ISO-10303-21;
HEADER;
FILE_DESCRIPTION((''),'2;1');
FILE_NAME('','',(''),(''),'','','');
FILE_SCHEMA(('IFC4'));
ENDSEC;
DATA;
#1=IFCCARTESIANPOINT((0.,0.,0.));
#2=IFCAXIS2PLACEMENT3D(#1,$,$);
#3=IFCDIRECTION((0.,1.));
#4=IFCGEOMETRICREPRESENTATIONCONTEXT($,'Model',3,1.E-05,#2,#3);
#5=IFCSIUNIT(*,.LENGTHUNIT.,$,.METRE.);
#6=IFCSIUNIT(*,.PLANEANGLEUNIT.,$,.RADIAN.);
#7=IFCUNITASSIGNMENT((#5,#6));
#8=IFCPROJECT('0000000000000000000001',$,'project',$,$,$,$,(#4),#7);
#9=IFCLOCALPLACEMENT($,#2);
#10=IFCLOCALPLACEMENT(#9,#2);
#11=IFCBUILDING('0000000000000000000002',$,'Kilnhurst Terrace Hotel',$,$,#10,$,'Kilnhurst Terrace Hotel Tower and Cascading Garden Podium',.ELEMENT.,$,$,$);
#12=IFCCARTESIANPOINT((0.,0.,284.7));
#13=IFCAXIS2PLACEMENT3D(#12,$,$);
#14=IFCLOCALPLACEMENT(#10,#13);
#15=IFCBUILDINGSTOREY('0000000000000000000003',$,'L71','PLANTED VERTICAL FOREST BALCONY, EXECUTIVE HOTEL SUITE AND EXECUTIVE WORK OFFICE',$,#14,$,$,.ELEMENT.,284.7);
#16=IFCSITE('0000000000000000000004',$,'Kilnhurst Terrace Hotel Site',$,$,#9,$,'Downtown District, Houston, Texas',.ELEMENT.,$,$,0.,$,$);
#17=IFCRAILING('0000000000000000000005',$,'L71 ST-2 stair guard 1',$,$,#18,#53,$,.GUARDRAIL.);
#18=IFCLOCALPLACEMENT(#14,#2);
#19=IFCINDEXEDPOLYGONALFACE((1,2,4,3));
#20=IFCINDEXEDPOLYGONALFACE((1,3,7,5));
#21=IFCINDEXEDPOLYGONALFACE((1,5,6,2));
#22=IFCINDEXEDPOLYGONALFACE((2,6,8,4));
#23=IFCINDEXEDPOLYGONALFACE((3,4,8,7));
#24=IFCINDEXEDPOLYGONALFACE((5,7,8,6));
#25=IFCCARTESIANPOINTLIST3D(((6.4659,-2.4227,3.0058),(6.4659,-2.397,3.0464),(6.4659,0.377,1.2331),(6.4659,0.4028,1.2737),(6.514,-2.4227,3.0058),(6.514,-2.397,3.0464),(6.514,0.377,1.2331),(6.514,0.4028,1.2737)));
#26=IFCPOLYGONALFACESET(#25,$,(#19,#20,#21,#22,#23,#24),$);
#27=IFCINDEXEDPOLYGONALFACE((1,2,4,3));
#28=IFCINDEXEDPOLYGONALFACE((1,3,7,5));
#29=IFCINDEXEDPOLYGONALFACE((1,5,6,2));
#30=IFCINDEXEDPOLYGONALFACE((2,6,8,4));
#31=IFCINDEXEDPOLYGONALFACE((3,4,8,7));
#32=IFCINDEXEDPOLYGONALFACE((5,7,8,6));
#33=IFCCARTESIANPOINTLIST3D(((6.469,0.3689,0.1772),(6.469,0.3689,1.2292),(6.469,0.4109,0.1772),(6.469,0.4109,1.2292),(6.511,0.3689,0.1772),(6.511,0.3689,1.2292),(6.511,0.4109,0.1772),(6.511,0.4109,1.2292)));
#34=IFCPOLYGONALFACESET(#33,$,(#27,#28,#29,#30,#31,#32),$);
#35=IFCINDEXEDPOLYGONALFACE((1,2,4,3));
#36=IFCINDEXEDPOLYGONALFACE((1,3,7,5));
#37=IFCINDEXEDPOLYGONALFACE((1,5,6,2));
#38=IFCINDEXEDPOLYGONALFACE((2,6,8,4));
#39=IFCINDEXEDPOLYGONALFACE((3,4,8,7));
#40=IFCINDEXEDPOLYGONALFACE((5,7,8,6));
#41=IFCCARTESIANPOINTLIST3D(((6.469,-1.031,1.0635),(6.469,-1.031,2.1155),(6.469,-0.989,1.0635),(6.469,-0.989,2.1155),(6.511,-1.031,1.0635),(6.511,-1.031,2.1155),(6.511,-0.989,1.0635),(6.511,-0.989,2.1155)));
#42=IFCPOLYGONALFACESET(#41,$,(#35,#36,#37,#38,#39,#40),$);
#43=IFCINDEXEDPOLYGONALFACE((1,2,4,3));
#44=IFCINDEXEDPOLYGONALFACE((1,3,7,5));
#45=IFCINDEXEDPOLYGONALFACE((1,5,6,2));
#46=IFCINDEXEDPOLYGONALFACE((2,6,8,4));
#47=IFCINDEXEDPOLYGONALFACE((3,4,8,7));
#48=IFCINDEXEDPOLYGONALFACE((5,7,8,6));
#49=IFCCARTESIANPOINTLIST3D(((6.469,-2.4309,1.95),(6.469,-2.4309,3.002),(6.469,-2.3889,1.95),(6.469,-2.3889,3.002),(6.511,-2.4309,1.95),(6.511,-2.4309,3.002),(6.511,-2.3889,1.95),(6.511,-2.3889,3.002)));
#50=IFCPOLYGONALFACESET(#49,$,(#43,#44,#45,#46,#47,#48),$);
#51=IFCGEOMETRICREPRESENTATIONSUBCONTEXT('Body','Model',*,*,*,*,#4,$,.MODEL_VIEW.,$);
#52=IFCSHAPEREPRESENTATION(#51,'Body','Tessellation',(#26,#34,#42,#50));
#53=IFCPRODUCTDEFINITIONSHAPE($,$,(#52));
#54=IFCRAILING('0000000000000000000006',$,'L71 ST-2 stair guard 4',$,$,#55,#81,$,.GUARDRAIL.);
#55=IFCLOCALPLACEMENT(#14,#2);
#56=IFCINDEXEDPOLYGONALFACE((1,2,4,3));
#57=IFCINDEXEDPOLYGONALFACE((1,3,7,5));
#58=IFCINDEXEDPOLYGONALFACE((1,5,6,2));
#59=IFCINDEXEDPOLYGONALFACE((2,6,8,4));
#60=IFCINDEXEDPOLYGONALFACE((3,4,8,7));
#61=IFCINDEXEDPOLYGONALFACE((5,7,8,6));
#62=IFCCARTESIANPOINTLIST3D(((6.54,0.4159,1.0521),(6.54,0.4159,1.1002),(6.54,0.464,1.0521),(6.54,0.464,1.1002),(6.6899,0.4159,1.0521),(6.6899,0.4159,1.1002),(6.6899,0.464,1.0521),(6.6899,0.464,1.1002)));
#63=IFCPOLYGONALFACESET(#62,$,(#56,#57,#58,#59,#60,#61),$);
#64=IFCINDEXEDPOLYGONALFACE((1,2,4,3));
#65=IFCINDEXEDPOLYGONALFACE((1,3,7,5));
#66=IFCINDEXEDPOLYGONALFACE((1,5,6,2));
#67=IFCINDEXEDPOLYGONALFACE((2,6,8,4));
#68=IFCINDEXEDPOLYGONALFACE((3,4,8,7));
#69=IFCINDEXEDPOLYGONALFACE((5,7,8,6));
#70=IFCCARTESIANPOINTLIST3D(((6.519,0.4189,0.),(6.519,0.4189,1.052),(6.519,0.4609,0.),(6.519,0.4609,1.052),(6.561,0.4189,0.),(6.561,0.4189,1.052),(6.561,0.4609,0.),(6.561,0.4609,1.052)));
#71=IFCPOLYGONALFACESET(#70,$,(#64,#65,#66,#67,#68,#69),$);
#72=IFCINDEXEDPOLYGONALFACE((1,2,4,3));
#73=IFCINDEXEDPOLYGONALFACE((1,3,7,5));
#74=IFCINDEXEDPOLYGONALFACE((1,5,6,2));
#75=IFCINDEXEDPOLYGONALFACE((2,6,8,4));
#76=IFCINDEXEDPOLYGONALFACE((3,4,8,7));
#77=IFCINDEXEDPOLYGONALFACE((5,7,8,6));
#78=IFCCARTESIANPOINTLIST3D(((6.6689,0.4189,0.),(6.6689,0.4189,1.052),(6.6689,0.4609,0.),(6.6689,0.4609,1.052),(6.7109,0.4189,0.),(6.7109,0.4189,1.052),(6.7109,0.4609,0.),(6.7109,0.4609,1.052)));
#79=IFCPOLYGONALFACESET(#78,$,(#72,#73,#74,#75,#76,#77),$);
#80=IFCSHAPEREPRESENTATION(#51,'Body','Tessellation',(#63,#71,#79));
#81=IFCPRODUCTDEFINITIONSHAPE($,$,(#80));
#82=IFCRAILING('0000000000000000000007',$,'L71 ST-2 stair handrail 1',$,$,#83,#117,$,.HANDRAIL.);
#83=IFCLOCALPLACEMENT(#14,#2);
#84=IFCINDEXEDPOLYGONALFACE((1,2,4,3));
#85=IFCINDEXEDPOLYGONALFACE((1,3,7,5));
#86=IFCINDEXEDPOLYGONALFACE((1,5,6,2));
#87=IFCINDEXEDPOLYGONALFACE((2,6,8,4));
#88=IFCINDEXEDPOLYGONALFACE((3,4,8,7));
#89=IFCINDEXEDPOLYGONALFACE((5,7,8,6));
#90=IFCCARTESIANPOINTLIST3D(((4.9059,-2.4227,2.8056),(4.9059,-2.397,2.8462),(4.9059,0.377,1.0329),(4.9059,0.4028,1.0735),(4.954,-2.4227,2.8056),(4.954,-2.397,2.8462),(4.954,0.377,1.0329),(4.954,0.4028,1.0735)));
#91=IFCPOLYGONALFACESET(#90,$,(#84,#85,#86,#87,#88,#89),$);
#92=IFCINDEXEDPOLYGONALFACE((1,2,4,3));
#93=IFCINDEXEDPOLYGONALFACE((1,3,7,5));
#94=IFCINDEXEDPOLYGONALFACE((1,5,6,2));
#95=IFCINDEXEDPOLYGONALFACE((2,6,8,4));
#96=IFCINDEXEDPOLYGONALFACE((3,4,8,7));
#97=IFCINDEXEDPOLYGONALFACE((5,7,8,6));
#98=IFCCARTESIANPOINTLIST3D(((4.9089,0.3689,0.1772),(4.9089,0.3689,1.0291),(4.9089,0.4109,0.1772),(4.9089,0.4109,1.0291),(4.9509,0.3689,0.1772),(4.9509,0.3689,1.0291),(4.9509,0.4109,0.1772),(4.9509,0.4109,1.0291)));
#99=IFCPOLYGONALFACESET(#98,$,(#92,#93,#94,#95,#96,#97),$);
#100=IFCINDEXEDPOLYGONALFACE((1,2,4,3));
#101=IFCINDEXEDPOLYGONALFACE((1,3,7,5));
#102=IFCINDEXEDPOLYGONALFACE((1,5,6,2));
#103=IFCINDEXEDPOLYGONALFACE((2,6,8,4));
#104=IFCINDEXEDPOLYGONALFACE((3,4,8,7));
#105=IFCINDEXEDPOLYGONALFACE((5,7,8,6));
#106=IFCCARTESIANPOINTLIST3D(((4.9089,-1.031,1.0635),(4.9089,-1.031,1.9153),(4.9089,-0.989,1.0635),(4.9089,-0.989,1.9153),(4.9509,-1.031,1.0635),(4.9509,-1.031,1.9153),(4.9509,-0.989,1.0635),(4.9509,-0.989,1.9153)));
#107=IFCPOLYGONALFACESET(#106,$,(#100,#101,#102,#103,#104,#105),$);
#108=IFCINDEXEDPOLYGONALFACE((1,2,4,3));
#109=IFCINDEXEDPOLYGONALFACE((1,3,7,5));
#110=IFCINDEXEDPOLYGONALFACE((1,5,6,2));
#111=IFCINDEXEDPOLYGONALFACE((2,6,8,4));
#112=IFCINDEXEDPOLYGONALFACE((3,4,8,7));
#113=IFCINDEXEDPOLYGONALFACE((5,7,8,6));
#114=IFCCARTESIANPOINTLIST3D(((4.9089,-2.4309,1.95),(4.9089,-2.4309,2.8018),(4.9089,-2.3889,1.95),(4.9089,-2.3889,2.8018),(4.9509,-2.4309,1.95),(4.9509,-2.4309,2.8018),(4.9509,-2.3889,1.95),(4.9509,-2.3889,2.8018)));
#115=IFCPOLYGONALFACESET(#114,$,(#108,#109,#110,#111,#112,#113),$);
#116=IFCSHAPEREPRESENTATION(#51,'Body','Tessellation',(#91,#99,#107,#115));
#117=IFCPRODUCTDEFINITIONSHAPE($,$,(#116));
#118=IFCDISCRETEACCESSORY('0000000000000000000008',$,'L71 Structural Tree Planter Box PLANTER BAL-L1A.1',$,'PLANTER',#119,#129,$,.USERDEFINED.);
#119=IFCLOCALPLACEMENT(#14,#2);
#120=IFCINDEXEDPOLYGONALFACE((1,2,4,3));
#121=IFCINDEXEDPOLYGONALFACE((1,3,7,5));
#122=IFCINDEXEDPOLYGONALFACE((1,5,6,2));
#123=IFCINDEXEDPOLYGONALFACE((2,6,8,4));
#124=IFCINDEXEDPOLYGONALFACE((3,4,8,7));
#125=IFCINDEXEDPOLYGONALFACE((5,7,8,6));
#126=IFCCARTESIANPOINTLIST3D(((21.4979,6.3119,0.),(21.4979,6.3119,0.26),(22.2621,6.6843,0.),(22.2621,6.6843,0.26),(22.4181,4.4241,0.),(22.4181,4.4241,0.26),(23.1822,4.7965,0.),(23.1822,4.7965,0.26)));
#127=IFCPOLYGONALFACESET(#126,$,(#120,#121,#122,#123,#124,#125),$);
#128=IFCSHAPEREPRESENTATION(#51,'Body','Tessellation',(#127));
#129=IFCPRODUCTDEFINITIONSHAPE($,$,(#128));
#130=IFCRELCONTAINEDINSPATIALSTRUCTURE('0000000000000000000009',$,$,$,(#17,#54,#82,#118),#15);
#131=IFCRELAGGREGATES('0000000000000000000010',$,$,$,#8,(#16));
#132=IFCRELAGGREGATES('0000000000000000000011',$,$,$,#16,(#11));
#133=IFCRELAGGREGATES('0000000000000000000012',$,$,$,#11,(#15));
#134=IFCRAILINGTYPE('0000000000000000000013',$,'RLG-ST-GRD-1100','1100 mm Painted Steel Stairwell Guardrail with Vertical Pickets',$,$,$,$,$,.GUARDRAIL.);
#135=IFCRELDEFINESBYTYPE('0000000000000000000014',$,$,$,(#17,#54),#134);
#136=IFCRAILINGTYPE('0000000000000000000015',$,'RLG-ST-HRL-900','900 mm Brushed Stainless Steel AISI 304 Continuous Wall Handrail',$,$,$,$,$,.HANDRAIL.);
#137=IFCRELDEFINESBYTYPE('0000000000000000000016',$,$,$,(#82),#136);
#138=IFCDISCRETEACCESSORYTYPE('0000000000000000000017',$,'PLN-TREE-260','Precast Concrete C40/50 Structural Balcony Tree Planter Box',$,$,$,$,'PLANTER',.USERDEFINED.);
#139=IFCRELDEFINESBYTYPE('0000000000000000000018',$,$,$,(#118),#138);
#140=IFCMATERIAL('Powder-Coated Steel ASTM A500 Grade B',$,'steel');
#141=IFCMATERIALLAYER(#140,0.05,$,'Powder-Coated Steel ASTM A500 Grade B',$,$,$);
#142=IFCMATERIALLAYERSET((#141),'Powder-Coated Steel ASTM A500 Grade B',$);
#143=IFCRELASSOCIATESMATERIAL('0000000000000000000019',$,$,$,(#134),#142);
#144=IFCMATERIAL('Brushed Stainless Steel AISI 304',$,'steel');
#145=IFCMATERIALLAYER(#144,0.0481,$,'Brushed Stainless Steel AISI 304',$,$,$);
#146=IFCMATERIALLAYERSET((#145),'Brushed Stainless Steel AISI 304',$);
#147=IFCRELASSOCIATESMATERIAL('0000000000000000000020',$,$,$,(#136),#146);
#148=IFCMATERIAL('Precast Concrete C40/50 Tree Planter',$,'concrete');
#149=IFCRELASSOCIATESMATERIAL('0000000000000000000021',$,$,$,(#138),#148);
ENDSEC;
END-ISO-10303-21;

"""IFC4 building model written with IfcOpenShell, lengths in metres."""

from ifc_helpers import new_model, si_unit, direction, frame, origin, origin_2d, place, context, subcontext, project, spatial, rectangle, extrude, material, layer, layer_set, type_object, element, save


model = new_model("IFC4")

# Units and contexts
model_context = context("Model", 3, precision=1e-05, world=origin(), true_north=direction((0.0, 1.0)))
body_context = subcontext(model_context, "Body", "Model", "MODEL_VIEW")
ifc_project = project(units=[si_unit("LENGTHUNIT", "METRE"), si_unit("PLANEANGLEUNIT", "RADIAN")], contexts=[model_context])

# Site, building, storey
site_placement = place(None, origin())
site = spatial("IfcSite", under=ifc_project, at=site_placement, Name="Kilnhurst Terrace Hotel Site", LongName="Downtown District, Houston, Texas", CompositionType="ELEMENT", RefElevation=0.0)
building_placement = place(site_placement, origin())
building = spatial("IfcBuilding", under=site, at=building_placement, Name="Kilnhurst Terrace Hotel", LongName="Kilnhurst Terrace Hotel Tower and Cascading Garden Podium", CompositionType="ELEMENT")
storey_placement = place(building_placement, frame((0.0, 0.0, 284.7)))
storey = spatial("IfcBuildingStorey", under=building, at=storey_placement, Name="L71", Description="PLANTED VERTICAL FOREST BALCONY, EXECUTIVE HOTEL SUITE AND EXECUTIVE WORK OFFICE", CompositionType="ELEMENT", Elevation=284.7)

# Railings
ifc_material_1 = material(Name="Powder-Coated Steel ASTM A500 Grade B", Category="steel")
ifc_layer_1 = layer(ifc_material_1, 0.05, Name="Powder-Coated Steel ASTM A500 Grade B")
ifc_layer_set_1 = layer_set([ifc_layer_1], Name="Powder-Coated Steel ASTM A500 Grade B")
railing_type_1 = type_object("IfcRailingType", Name="RLG-ST-GRD-1100", Description="1100 mm Painted Steel Stairwell Guardrail with Vertical Pickets", PredefinedType="GUARDRAIL", material=ifc_layer_set_1)
railing_1_placement = place(storey_placement, frame((6.49, 0.3899, 0.1772)))
element("IfcRailing", 1, at=railing_1_placement, inside=storey, type_object=railing_type_1, Name="L71 ST-2 stair guard 1", PredefinedType="GUARDRAIL", context=body_context, shape_type="SweptSolid", body=[
    extrude(rectangle(XDim=0.0481, YDim=0.0481, at=origin_2d()), frame((0.0, 0.0, 1.0762), z_axis=(0.0, -0.844888, 0.534943), x_axis=(1.0, 0.0, 0.0)), (0.0, 0.0, 1.0), 3.3137),
    extrude(rectangle(XDim=0.042, YDim=0.042, at=origin_2d()), origin(), (0.0, 0.0, 1.0), 1.052),
    extrude(rectangle(XDim=0.042, YDim=0.042, at=origin_2d()), frame((0.0, -1.3999, 0.8862)), (0.0, 0.0, 1.0), 1.052),
    extrude(rectangle(XDim=0.042, YDim=0.042, at=origin_2d()), frame((0.0, -2.7998, 1.7727)), (0.0, 0.0, 1.0), 1.052),
])
railing_2_placement = place(storey_placement, frame((6.54, 0.4399, 0.0)))
element("IfcRailing", 2, at=railing_2_placement, inside=storey, type_object=railing_type_1, Name="L71 ST-2 stair guard 4", PredefinedType="GUARDRAIL", context=body_context, shape_type="SweptSolid", body=[
    extrude(rectangle(XDim=0.0481, YDim=0.0481, at=origin_2d()), frame((0.0, 0.0, 1.0762), z_axis=(1.0, 0.0, 0.0), x_axis=(0.0, 1.0, 0.0)), (0.0, 0.0, 1.0), 0.1499),
    extrude(rectangle(XDim=0.042, YDim=0.042, at=origin_2d()), origin(), (0.0, 0.0, 1.0), 1.052),
    extrude(rectangle(XDim=0.042, YDim=0.042, at=origin_2d()), frame((0.1499, 0.0, 0.0)), (0.0, 0.0, 1.0), 1.052),
])
ifc_material_2 = material(Name="Brushed Stainless Steel AISI 304", Category="steel")
ifc_layer_2 = layer(ifc_material_2, 0.0481, Name="Brushed Stainless Steel AISI 304")
ifc_layer_set_2 = layer_set([ifc_layer_2], Name="Brushed Stainless Steel AISI 304")
railing_type_2 = type_object("IfcRailingType", Name="RLG-ST-HRL-900", Description="900 mm Brushed Stainless Steel AISI 304 Continuous Wall Handrail", PredefinedType="HANDRAIL", material=ifc_layer_set_2)
railing_3_placement = place(storey_placement, frame((4.9299, 0.3899, 0.1772)))
element("IfcRailing", 3, at=railing_3_placement, inside=storey, type_object=railing_type_2, Name="L71 ST-2 stair handrail 1", PredefinedType="HANDRAIL", context=body_context, shape_type="SweptSolid", body=[
    extrude(rectangle(XDim=0.0481, YDim=0.0481, at=origin_2d()), frame((0.0, 0.0, 0.876), z_axis=(0.0, -0.844888, 0.534943), x_axis=(1.0, 0.0, 0.0)), (0.0, 0.0, 1.0), 3.3137),
    extrude(rectangle(XDim=0.042, YDim=0.042, at=origin_2d()), origin(), (0.0, 0.0, 1.0), 0.8518),
    extrude(rectangle(XDim=0.042, YDim=0.042, at=origin_2d()), frame((0.0, -1.3999, 0.8862)), (0.0, 0.0, 1.0), 0.8518),
    extrude(rectangle(XDim=0.042, YDim=0.042, at=origin_2d()), frame((0.0, -2.7998, 1.7727)), (0.0, 0.0, 1.0), 0.8518),
])

# Discrete accessory
ifc_material_3 = material(Name="Precast Concrete C40/50 Tree Planter", Category="concrete")
discrete_accessory_type = type_object("IfcDiscreteAccessoryType", Name="PLN-TREE-260", Description="Precast Concrete C40/50 Structural Balcony Tree Planter Box", ElementType="PLANTER", PredefinedType="USERDEFINED", material=ifc_material_3)
discrete_accessory_placement = place(storey_placement, frame((22.3401, 5.5542, 0.0), z_axis=(0.0, 0.0, 1.0), x_axis=(-0.438136, 0.898909, 0.0)))
element("IfcDiscreteAccessory", 4, at=discrete_accessory_placement, inside=storey, type_object=discrete_accessory_type, Name="L71 Structural Tree Planter Box PLANTER BAL-L1A.1", ObjectType="PLANTER", PredefinedType="USERDEFINED", context=body_context, shape_type="SweptSolid", body=[
    extrude(rectangle(XDim=2.1001, YDim=0.8501, at=origin_2d()), origin(), (0.0, 0.0, 1.0), 0.26),
])

save(model, "model.ifc")
